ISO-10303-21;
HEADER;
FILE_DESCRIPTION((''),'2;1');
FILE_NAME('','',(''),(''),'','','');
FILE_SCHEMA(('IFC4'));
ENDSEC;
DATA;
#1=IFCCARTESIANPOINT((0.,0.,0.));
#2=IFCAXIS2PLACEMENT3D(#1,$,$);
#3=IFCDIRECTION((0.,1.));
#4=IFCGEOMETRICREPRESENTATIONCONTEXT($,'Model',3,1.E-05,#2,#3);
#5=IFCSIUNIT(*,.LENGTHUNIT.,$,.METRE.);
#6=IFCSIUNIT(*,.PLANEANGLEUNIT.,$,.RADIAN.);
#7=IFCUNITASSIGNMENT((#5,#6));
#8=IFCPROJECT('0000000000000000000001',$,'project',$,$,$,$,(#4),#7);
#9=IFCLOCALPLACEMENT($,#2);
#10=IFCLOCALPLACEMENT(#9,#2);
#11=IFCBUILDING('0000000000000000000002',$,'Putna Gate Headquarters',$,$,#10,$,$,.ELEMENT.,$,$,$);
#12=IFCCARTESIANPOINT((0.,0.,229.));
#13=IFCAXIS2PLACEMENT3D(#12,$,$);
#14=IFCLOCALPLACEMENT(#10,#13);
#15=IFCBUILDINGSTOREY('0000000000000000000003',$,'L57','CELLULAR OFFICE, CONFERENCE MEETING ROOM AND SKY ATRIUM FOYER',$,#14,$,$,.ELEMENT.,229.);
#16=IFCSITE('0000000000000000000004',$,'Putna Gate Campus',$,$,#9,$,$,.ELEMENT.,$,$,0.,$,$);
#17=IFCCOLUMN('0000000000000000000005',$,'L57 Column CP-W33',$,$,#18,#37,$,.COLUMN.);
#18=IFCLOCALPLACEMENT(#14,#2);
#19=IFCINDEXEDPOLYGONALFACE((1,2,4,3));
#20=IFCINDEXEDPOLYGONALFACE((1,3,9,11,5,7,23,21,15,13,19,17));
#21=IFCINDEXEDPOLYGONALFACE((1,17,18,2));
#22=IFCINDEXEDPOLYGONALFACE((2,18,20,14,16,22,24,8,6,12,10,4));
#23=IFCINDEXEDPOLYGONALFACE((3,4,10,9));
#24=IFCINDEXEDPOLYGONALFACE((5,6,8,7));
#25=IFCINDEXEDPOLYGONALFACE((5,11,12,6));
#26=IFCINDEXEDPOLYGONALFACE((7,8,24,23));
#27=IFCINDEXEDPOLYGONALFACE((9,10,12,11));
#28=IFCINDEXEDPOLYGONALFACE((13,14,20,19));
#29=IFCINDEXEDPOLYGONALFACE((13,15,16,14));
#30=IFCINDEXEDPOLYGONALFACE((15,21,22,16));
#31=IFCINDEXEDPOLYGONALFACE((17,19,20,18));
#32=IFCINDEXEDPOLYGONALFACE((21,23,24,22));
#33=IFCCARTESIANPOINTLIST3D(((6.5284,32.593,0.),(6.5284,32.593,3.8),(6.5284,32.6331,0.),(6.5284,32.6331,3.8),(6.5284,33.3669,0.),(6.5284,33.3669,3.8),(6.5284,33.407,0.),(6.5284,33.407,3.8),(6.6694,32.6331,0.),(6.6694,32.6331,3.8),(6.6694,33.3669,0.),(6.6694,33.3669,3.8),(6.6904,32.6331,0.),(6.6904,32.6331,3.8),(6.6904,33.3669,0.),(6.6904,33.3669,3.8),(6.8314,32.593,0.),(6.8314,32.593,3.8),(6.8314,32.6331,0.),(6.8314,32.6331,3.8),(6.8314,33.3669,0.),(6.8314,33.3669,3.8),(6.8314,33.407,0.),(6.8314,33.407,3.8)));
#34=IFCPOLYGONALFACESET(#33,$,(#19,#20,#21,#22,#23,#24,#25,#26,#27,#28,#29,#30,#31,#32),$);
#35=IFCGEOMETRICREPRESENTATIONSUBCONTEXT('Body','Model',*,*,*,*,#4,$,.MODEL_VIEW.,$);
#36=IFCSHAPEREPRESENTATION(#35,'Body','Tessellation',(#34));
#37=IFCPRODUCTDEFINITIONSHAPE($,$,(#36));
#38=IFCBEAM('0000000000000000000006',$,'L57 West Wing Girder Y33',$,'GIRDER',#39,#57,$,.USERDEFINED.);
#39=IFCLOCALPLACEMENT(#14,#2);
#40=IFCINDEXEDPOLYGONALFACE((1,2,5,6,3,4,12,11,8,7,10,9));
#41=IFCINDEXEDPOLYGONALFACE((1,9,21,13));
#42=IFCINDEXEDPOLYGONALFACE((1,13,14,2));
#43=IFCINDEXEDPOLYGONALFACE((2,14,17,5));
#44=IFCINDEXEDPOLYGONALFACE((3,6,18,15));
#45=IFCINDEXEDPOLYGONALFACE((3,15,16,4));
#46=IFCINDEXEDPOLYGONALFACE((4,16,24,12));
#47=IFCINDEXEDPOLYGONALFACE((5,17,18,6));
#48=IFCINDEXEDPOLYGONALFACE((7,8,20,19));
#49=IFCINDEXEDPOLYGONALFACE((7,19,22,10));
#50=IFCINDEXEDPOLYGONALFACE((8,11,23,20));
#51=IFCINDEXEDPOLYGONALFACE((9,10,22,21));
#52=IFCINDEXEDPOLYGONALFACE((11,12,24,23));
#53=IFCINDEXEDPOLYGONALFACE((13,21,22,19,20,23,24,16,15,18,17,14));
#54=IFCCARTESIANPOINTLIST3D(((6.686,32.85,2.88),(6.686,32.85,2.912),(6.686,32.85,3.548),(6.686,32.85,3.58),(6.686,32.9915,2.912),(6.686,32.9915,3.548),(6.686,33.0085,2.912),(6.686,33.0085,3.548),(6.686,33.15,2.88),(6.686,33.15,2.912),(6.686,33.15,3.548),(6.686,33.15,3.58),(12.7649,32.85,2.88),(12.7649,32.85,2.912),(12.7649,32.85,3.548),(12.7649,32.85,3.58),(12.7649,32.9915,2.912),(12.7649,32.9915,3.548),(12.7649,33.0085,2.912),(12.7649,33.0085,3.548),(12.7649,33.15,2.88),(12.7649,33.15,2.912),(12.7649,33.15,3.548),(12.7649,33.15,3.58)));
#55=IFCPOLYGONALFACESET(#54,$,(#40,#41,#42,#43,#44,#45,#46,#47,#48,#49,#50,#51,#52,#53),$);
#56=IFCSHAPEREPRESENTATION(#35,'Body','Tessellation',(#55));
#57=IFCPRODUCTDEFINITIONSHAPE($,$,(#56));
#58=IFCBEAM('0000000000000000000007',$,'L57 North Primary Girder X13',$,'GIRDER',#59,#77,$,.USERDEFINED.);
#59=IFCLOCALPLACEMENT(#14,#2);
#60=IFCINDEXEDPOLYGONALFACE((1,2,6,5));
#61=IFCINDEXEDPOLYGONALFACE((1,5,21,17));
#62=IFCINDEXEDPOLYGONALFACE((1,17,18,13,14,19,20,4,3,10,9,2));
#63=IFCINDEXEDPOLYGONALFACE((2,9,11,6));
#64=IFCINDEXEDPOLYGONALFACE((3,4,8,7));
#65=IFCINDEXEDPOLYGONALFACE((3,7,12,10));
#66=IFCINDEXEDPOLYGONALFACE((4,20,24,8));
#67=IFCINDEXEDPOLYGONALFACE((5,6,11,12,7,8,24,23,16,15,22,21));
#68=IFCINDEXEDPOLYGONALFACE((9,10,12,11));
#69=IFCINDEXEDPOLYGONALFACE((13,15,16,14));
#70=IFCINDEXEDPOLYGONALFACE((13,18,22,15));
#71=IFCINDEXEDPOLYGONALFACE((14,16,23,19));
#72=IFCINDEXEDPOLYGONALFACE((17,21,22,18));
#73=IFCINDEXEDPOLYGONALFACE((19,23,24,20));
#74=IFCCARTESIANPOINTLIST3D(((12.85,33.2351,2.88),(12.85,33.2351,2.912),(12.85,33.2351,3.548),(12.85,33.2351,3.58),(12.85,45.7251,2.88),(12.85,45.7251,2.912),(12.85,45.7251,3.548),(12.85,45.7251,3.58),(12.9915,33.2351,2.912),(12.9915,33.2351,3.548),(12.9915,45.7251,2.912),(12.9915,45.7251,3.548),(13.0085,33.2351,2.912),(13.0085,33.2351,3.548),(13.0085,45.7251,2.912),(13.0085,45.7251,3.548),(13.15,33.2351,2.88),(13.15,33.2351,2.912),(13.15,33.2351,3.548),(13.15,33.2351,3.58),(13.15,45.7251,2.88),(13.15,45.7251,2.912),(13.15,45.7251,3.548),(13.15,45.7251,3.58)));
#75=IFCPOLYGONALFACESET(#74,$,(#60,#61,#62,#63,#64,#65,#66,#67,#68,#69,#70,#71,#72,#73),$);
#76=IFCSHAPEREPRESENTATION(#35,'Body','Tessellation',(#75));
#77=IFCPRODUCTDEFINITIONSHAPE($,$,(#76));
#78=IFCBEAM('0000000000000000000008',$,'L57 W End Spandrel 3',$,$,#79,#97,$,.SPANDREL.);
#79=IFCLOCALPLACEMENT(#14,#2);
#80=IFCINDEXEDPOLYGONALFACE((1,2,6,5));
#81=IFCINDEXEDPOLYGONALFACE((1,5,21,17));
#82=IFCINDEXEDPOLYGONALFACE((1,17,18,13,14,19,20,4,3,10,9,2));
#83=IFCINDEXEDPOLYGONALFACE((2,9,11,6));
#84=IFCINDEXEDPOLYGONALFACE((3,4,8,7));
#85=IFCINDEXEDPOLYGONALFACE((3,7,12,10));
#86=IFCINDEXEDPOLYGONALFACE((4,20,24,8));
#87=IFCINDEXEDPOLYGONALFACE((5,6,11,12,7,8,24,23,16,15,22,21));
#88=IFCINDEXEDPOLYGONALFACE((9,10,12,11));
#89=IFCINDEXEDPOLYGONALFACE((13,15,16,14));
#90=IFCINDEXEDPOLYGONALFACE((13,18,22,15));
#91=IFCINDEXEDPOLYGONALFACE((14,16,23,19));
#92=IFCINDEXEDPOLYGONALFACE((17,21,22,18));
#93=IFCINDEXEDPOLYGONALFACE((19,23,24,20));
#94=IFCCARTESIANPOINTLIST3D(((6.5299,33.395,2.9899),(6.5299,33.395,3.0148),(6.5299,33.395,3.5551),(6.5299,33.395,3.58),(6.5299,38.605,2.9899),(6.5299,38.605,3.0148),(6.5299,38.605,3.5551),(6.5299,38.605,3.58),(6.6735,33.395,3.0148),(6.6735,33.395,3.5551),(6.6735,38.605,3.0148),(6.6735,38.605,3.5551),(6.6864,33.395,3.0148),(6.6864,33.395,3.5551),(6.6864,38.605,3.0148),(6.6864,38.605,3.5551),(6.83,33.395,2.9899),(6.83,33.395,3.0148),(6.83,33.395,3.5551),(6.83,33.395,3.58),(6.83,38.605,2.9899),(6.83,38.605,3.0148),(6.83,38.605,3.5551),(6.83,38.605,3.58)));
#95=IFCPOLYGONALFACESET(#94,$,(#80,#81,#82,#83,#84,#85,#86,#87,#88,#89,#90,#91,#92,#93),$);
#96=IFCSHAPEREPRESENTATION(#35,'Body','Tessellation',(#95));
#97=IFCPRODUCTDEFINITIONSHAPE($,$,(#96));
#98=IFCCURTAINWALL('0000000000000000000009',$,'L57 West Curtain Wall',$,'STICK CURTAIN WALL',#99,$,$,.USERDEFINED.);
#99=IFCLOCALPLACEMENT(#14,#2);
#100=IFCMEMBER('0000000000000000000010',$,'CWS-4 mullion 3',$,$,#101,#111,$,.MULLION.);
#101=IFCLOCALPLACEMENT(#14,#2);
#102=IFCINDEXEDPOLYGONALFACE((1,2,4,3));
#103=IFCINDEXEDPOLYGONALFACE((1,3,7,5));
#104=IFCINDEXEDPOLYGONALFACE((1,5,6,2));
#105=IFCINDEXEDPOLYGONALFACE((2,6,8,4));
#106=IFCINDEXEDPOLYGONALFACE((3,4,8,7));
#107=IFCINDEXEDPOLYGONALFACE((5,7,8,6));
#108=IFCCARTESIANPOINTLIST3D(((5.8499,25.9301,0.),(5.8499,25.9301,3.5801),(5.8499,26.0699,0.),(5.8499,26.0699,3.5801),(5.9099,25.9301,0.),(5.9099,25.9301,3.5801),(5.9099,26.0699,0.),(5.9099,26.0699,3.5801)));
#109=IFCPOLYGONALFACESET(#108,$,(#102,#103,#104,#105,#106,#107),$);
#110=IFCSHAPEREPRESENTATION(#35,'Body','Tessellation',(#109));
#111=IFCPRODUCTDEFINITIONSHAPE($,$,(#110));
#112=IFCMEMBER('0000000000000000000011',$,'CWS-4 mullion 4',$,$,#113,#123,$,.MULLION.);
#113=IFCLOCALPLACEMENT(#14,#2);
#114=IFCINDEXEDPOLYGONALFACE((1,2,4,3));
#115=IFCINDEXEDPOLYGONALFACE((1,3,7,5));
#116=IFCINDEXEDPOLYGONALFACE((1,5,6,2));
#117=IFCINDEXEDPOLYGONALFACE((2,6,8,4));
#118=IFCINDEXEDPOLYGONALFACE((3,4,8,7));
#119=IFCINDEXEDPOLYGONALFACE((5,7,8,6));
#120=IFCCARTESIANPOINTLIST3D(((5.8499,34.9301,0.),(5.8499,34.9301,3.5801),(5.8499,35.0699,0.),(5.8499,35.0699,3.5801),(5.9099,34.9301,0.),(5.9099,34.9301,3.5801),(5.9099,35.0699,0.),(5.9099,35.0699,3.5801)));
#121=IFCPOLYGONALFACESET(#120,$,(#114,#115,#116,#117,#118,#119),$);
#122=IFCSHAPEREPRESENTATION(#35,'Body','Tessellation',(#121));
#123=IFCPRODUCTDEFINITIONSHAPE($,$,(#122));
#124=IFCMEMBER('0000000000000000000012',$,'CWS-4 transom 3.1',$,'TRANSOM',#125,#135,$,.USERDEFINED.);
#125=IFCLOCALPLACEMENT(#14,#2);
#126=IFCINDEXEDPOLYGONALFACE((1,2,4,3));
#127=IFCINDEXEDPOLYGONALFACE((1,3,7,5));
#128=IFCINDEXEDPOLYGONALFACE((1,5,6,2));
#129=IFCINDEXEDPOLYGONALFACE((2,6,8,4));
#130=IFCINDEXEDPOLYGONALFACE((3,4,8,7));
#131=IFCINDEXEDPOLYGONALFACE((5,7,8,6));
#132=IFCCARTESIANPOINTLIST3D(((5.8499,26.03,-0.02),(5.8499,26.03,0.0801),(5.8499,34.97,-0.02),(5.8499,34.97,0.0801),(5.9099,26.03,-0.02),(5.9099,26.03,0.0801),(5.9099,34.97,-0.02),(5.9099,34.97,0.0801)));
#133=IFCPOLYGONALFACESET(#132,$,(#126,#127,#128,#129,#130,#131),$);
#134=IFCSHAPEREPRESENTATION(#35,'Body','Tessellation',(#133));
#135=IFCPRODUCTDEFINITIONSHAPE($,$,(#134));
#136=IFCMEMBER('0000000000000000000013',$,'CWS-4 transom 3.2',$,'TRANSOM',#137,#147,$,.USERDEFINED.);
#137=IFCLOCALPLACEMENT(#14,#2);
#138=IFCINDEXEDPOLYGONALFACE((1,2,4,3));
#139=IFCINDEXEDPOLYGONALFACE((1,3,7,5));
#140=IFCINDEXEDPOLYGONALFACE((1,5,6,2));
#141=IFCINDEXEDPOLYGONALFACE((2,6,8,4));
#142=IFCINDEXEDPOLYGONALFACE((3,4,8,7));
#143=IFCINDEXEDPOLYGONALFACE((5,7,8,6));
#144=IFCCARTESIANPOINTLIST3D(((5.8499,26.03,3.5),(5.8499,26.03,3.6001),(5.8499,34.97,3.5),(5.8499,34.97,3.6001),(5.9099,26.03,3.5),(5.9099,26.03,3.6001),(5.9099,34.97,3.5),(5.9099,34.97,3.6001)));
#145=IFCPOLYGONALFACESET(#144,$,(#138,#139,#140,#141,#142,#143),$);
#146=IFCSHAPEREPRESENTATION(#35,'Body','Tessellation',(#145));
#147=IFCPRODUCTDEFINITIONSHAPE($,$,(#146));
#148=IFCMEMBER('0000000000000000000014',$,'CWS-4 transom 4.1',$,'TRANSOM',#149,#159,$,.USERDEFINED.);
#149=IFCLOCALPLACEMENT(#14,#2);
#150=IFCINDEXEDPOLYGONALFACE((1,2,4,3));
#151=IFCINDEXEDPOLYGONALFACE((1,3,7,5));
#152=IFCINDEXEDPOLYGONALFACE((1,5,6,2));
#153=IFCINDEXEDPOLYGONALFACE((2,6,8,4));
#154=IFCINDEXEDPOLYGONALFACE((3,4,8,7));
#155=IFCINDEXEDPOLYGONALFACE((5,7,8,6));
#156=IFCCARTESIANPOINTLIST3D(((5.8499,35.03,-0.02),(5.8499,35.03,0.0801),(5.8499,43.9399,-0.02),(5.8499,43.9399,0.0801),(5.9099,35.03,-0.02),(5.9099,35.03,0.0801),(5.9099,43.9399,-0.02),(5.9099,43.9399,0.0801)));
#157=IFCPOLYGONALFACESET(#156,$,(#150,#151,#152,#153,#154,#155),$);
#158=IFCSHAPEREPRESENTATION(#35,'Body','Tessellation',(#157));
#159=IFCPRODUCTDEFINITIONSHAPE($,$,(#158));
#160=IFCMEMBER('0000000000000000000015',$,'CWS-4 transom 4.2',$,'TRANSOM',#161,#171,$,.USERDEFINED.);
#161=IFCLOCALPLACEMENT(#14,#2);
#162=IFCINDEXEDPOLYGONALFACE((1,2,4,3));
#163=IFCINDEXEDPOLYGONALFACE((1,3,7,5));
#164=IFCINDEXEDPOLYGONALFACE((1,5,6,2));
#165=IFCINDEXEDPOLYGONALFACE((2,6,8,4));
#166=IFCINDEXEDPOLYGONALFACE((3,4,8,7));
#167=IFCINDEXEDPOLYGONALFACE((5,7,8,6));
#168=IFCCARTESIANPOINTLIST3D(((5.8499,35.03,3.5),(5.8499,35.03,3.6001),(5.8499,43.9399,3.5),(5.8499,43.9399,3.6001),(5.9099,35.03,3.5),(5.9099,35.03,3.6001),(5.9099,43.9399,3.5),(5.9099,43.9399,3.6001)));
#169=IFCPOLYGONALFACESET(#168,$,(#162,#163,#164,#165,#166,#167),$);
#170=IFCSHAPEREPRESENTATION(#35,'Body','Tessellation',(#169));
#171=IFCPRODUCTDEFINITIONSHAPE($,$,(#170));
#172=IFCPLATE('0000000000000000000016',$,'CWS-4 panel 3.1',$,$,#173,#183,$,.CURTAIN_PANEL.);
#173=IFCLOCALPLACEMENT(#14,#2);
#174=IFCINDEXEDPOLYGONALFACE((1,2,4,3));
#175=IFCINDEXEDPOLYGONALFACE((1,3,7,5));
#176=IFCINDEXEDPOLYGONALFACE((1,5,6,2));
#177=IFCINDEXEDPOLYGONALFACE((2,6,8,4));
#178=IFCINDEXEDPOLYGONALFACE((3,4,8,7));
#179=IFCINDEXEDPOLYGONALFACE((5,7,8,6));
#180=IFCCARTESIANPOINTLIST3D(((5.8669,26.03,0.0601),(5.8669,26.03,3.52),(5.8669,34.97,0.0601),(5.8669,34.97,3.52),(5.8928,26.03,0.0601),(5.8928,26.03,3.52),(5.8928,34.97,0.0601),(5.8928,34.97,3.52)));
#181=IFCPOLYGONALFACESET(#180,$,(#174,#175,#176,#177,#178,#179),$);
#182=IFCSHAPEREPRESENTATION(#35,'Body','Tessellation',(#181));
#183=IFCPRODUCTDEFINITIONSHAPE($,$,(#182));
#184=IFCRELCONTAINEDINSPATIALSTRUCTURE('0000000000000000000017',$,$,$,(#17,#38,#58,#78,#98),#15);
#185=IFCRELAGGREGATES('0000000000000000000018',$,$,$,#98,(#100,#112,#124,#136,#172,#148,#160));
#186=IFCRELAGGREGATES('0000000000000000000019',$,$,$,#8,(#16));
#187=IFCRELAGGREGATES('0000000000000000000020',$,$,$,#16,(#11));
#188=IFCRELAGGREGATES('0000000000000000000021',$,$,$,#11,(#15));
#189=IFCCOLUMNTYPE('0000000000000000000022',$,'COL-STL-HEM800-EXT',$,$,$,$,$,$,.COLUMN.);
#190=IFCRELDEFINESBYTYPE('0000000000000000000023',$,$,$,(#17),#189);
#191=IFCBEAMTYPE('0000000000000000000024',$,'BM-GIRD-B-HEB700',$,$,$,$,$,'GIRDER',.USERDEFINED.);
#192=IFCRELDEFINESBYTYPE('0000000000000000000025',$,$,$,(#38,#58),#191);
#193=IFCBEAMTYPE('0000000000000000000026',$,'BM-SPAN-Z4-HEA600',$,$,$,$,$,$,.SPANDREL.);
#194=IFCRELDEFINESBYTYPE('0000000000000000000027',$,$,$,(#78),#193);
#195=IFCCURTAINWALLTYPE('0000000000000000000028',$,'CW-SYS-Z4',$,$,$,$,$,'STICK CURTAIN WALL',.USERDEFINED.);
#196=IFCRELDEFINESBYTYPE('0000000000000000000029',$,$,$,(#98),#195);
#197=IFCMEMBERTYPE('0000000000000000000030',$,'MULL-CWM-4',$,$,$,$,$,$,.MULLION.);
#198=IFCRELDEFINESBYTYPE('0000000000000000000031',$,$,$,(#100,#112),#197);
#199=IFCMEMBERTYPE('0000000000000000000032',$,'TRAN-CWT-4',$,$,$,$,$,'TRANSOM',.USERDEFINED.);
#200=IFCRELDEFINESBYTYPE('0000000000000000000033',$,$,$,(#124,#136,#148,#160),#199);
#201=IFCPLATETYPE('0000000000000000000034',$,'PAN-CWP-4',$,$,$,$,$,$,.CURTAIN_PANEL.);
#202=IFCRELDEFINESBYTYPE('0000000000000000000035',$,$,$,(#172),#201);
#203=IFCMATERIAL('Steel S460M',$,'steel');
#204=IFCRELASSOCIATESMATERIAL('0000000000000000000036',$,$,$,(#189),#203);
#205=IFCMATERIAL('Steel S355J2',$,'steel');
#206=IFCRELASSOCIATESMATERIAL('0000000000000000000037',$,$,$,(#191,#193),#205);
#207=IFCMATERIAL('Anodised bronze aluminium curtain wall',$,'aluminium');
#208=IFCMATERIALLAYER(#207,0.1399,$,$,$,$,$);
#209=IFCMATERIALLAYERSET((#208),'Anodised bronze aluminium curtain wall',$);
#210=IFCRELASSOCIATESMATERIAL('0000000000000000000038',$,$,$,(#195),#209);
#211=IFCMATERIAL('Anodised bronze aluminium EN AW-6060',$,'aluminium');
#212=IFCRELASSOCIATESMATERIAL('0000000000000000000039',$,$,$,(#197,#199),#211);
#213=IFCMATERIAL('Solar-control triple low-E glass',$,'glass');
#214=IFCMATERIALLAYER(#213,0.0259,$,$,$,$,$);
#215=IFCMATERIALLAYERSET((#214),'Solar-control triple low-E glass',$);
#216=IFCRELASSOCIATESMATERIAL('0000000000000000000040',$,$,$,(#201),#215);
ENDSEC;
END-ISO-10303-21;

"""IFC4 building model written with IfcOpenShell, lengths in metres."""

from ifc_helpers import new_model, si_unit, direction, frame, origin, origin_2d, place, context, subcontext, project, spatial, rectangle, i_section, extrude, material, layer, layer_set, material_profile, profile_set, type_object, element, aggregate, save


model = new_model("IFC4")

# Units and contexts
model_context = context("Model", 3, precision=1e-05, world=origin(), true_north=direction((0.0, 1.0)))
body_context = subcontext(model_context, "Body", "Model", "MODEL_VIEW")
ifc_project = project(units=[si_unit("LENGTHUNIT", "METRE"), si_unit("PLANEANGLEUNIT", "RADIAN")], contexts=[model_context])

# Site, building, storey
site_placement = place(None, origin())
site = spatial("IfcSite", under=ifc_project, at=site_placement, Name="Putna Gate Campus", CompositionType="ELEMENT", RefElevation=0.0)
building_placement = place(site_placement, origin())
building = spatial("IfcBuilding", under=site, at=building_placement, Name="Putna Gate Headquarters", CompositionType="ELEMENT")
storey_placement = place(building_placement, frame((0.0, 0.0, 229.0)))
storey = spatial("IfcBuildingStorey", under=building, at=storey_placement, Name="L57", Description="CELLULAR OFFICE, CONFERENCE MEETING ROOM AND SKY ATRIUM FOYER", CompositionType="ELEMENT", Elevation=229.0)

# Column
ifc_material_1 = material(Name="Steel S460M", Category="steel")
ifc_material_profile_1 = material_profile(ifc_material_1, i_section(OverallWidth=0.303, OverallDepth=0.814, WebThickness=0.021, FlangeThickness=0.04, at=origin_2d()), Name="Steel S460M")
ifc_profile_set_1 = profile_set([ifc_material_profile_1], Name="Steel S460M")
column_type = type_object("IfcColumnType", Name="COL-STL-HEM800-EXT", PredefinedType="COLUMN", material=ifc_profile_set_1)
column_placement = place(storey_placement, frame((6.6799, 33.0, 0.0), z_axis=(0.0, 0.0, 1.0), x_axis=(1.0, 0.0, 0.0)))
element("IfcColumn", 1, at=column_placement, inside=storey, type_object=column_type, Name="L57 Column CP-W33", PredefinedType="COLUMN", context=body_context, shape_type="SweptSolid", body=[
    extrude(i_section(OverallWidth=0.303, OverallDepth=0.814, WebThickness=0.021, FlangeThickness=0.04, at=origin_2d()), origin(), (0.0, 0.0, 1.0), 3.8),
])

# Beams
ifc_material_2 = material(Name="Steel S355J2", Category="steel")
ifc_material_profile_2 = material_profile(ifc_material_2, i_section(OverallWidth=0.3, OverallDepth=0.7, WebThickness=0.0171, FlangeThickness=0.032, at=origin_2d()), Name="Steel S355J2")
ifc_profile_set_2 = profile_set([ifc_material_profile_2], Name="Steel S355J2")
beam_type_1 = type_object("IfcBeamType", Name="BM-GIRD-B-HEB700", ElementType="GIRDER", PredefinedType="USERDEFINED", material=ifc_profile_set_2)
beam_1_placement = place(storey_placement, frame((6.686, 33.0, 3.23), z_axis=(1.0, 0.0, 0.0), x_axis=(0.0, 1.0, 0.0)))
element("IfcBeam", 2, at=beam_1_placement, inside=storey, type_object=beam_type_1, Name="L57 West Wing Girder Y33", ObjectType="GIRDER", PredefinedType="USERDEFINED", context=body_context, shape_type="SweptSolid", body=[
    extrude(i_section(OverallWidth=0.3, OverallDepth=0.7, WebThickness=0.0171, FlangeThickness=0.032, at=origin_2d()), origin(), (0.0, 0.0, 1.0), 6.0789),
])
beam_2_placement = place(storey_placement, frame((13.0, 33.2351, 3.23), z_axis=(0.0, 1.0, 0.0), x_axis=(-1.0, 0.0, 0.0)))
element("IfcBeam", 3, at=beam_2_placement, inside=storey, type_object=beam_type_1, Name="L57 North Primary Girder X13", ObjectType="GIRDER", PredefinedType="USERDEFINED", context=body_context, shape_type="SweptSolid", body=[
    extrude(i_section(OverallWidth=0.3, OverallDepth=0.7, WebThickness=0.0171, FlangeThickness=0.032, at=origin_2d()), origin(), (0.0, 0.0, 1.0), 12.49),
])
ifc_material_profile_3 = material_profile(ifc_material_2, i_section(OverallWidth=0.3, OverallDepth=0.5901, WebThickness=0.0129, FlangeThickness=0.0249, at=origin_2d()), Name="Steel S355J2")
ifc_profile_set_3 = profile_set([ifc_material_profile_3], Name="Steel S355J2")
beam_type_2 = type_object("IfcBeamType", Name="BM-SPAN-Z4-HEA600", PredefinedType="SPANDREL", material=ifc_profile_set_3)
beam_3_placement = place(storey_placement, frame((6.6799, 33.395, 3.2849), z_axis=(0.0, 1.0, 0.0), x_axis=(-1.0, 0.0, 0.0)))
element("IfcBeam", 4, at=beam_3_placement, inside=storey, type_object=beam_type_2, Name="L57 W End Spandrel 3", PredefinedType="SPANDREL", context=body_context, shape_type="SweptSolid", body=[
    extrude(i_section(OverallWidth=0.3, OverallDepth=0.5901, WebThickness=0.0129, FlangeThickness=0.0249, at=origin_2d()), origin(), (0.0, 0.0, 1.0), 5.21),
])

# Curtain wall, members, plate
ifc_material_3 = material(Name="Anodised bronze aluminium curtain wall", Category="aluminium")
ifc_layer_1 = layer(ifc_material_3, 0.1399)
ifc_layer_set_1 = layer_set([ifc_layer_1], Name="Anodised bronze aluminium curtain wall")
curtain_wall_type = type_object("IfcCurtainWallType", Name="CW-SYS-Z4", ElementType="STICK CURTAIN WALL", PredefinedType="USERDEFINED", material=ifc_layer_set_1)
curtain_wall_placement = place(storey_placement, origin())
curtain_wall = element("IfcCurtainWall", 5, at=curtain_wall_placement, inside=storey, type_object=curtain_wall_type, Name="L57 West Curtain Wall", ObjectType="STICK CURTAIN WALL", PredefinedType="USERDEFINED")
ifc_material_4 = material(Name="Anodised bronze aluminium EN AW-6060", Category="aluminium")
ifc_material_profile_4 = material_profile(ifc_material_4, rectangle(XDim=0.0601, YDim=0.1399, at=origin_2d()), Name="Anodised bronze aluminium EN AW-6060")
ifc_profile_set_4 = profile_set([ifc_material_profile_4], Name="Anodised bronze aluminium EN AW-6060")
member_type_1 = type_object("IfcMemberType", Name="MULL-CWM-4", PredefinedType="MULLION", material=ifc_profile_set_4)
member_1_placement = place(storey_placement, frame((5.8799, 26.0, 0.0), z_axis=(0.0, 0.0, 1.0), x_axis=(-1.0, 0.0, 0.0)))
member_1 = element("IfcMember", 6, at=member_1_placement, type_object=member_type_1, Name="CWS-4 mullion 3", PredefinedType="MULLION", context=body_context, shape_type="SweptSolid", body=[
    extrude(rectangle(XDim=0.0601, YDim=0.1399, at=origin_2d()), origin(), (0.0, 0.0, 1.0), 3.5801),
])
member_2_placement = place(storey_placement, frame((5.8799, 35.0, 0.0), z_axis=(0.0, 0.0, 1.0), x_axis=(-1.0, 0.0, 0.0)))
member_2 = element("IfcMember", 7, at=member_2_placement, type_object=member_type_1, Name="CWS-4 mullion 4", PredefinedType="MULLION", context=body_context, shape_type="SweptSolid", body=[
    extrude(rectangle(XDim=0.0601, YDim=0.1399, at=origin_2d()), origin(), (0.0, 0.0, 1.0), 3.5801),
])
ifc_material_profile_5 = material_profile(ifc_material_4, rectangle(XDim=0.0601, YDim=0.1001, at=origin_2d()), Name="Anodised bronze aluminium EN AW-6060")
ifc_profile_set_5 = profile_set([ifc_material_profile_5], Name="Anodised bronze aluminium EN AW-6060")
member_type_2 = type_object("IfcMemberType", Name="TRAN-CWT-4", ElementType="TRANSOM", PredefinedType="USERDEFINED", material=ifc_profile_set_5)
member_3_placement = place(storey_placement, frame((5.8799, 26.03, 0.03), z_axis=(0.0, 1.0, 0.0), x_axis=(-1.0, 0.0, 0.0)))
member_3 = element("IfcMember", 8, at=member_3_placement, type_object=member_type_2, Name="CWS-4 transom 3.1", ObjectType="TRANSOM", PredefinedType="USERDEFINED", context=body_context, shape_type="SweptSolid", body=[
    extrude(rectangle(XDim=0.0601, YDim=0.1001, at=origin_2d()), origin(), (0.0, 0.0, 1.0), 8.9399),
])
member_4_placement = place(storey_placement, frame((5.8799, 26.03, 3.55), z_axis=(0.0, 1.0, 0.0), x_axis=(-1.0, 0.0, 0.0)))
member_4 = element("IfcMember", 9, at=member_4_placement, type_object=member_type_2, Name="CWS-4 transom 3.2", ObjectType="TRANSOM", PredefinedType="USERDEFINED", context=body_context, shape_type="SweptSolid", body=[
    extrude(rectangle(XDim=0.0601, YDim=0.1001, at=origin_2d()), origin(), (0.0, 0.0, 1.0), 8.9399),
])
member_5_placement = place(storey_placement, frame((5.8799, 35.03, 0.03), z_axis=(0.0, 1.0, 0.0), x_axis=(-1.0, 0.0, 0.0)))
member_5 = element("IfcMember", 10, at=member_5_placement, type_object=member_type_2, Name="CWS-4 transom 4.1", ObjectType="TRANSOM", PredefinedType="USERDEFINED", context=body_context, shape_type="SweptSolid", body=[
    extrude(rectangle(XDim=0.0601, YDim=0.1001, at=origin_2d()), origin(), (0.0, 0.0, 1.0), 8.9099),
])
member_6_placement = place(storey_placement, frame((5.8799, 35.03, 3.55), z_axis=(0.0, 1.0, 0.0), x_axis=(-1.0, 0.0, 0.0)))
member_6 = element("IfcMember", 11, at=member_6_placement, type_object=member_type_2, Name="CWS-4 transom 4.2", ObjectType="TRANSOM", PredefinedType="USERDEFINED", context=body_context, shape_type="SweptSolid", body=[
    extrude(rectangle(XDim=0.0601, YDim=0.1001, at=origin_2d()), origin(), (0.0, 0.0, 1.0), 8.9099),
])
ifc_material_5 = material(Name="Solar-control triple low-E glass", Category="glass")
ifc_layer_2 = layer(ifc_material_5, 0.0259)
ifc_layer_set_2 = layer_set([ifc_layer_2], Name="Solar-control triple low-E glass")
plate_type = type_object("IfcPlateType", Name="PAN-CWP-4", PredefinedType="CURTAIN_PANEL", material=ifc_layer_set_2)
plate_placement = place(storey_placement, frame((5.8799, 30.5, 0.0601), z_axis=(0.0, 0.0, 1.0), x_axis=(0.0, 1.0, 0.0)))
plate = element("IfcPlate", 12, at=plate_placement, type_object=plate_type, Name="CWS-4 panel 3.1", PredefinedType="CURTAIN_PANEL", context=body_context, shape_type="SweptSolid", body=[
    extrude(rectangle(XDim=8.9399, YDim=0.0259, at=origin_2d()), origin(), (0.0, 0.0, 1.0), 3.46),
])
aggregate(curtain_wall, [member_1, member_2, member_3, member_4, plate, member_5, member_6])

save(model, "model.ifc")
